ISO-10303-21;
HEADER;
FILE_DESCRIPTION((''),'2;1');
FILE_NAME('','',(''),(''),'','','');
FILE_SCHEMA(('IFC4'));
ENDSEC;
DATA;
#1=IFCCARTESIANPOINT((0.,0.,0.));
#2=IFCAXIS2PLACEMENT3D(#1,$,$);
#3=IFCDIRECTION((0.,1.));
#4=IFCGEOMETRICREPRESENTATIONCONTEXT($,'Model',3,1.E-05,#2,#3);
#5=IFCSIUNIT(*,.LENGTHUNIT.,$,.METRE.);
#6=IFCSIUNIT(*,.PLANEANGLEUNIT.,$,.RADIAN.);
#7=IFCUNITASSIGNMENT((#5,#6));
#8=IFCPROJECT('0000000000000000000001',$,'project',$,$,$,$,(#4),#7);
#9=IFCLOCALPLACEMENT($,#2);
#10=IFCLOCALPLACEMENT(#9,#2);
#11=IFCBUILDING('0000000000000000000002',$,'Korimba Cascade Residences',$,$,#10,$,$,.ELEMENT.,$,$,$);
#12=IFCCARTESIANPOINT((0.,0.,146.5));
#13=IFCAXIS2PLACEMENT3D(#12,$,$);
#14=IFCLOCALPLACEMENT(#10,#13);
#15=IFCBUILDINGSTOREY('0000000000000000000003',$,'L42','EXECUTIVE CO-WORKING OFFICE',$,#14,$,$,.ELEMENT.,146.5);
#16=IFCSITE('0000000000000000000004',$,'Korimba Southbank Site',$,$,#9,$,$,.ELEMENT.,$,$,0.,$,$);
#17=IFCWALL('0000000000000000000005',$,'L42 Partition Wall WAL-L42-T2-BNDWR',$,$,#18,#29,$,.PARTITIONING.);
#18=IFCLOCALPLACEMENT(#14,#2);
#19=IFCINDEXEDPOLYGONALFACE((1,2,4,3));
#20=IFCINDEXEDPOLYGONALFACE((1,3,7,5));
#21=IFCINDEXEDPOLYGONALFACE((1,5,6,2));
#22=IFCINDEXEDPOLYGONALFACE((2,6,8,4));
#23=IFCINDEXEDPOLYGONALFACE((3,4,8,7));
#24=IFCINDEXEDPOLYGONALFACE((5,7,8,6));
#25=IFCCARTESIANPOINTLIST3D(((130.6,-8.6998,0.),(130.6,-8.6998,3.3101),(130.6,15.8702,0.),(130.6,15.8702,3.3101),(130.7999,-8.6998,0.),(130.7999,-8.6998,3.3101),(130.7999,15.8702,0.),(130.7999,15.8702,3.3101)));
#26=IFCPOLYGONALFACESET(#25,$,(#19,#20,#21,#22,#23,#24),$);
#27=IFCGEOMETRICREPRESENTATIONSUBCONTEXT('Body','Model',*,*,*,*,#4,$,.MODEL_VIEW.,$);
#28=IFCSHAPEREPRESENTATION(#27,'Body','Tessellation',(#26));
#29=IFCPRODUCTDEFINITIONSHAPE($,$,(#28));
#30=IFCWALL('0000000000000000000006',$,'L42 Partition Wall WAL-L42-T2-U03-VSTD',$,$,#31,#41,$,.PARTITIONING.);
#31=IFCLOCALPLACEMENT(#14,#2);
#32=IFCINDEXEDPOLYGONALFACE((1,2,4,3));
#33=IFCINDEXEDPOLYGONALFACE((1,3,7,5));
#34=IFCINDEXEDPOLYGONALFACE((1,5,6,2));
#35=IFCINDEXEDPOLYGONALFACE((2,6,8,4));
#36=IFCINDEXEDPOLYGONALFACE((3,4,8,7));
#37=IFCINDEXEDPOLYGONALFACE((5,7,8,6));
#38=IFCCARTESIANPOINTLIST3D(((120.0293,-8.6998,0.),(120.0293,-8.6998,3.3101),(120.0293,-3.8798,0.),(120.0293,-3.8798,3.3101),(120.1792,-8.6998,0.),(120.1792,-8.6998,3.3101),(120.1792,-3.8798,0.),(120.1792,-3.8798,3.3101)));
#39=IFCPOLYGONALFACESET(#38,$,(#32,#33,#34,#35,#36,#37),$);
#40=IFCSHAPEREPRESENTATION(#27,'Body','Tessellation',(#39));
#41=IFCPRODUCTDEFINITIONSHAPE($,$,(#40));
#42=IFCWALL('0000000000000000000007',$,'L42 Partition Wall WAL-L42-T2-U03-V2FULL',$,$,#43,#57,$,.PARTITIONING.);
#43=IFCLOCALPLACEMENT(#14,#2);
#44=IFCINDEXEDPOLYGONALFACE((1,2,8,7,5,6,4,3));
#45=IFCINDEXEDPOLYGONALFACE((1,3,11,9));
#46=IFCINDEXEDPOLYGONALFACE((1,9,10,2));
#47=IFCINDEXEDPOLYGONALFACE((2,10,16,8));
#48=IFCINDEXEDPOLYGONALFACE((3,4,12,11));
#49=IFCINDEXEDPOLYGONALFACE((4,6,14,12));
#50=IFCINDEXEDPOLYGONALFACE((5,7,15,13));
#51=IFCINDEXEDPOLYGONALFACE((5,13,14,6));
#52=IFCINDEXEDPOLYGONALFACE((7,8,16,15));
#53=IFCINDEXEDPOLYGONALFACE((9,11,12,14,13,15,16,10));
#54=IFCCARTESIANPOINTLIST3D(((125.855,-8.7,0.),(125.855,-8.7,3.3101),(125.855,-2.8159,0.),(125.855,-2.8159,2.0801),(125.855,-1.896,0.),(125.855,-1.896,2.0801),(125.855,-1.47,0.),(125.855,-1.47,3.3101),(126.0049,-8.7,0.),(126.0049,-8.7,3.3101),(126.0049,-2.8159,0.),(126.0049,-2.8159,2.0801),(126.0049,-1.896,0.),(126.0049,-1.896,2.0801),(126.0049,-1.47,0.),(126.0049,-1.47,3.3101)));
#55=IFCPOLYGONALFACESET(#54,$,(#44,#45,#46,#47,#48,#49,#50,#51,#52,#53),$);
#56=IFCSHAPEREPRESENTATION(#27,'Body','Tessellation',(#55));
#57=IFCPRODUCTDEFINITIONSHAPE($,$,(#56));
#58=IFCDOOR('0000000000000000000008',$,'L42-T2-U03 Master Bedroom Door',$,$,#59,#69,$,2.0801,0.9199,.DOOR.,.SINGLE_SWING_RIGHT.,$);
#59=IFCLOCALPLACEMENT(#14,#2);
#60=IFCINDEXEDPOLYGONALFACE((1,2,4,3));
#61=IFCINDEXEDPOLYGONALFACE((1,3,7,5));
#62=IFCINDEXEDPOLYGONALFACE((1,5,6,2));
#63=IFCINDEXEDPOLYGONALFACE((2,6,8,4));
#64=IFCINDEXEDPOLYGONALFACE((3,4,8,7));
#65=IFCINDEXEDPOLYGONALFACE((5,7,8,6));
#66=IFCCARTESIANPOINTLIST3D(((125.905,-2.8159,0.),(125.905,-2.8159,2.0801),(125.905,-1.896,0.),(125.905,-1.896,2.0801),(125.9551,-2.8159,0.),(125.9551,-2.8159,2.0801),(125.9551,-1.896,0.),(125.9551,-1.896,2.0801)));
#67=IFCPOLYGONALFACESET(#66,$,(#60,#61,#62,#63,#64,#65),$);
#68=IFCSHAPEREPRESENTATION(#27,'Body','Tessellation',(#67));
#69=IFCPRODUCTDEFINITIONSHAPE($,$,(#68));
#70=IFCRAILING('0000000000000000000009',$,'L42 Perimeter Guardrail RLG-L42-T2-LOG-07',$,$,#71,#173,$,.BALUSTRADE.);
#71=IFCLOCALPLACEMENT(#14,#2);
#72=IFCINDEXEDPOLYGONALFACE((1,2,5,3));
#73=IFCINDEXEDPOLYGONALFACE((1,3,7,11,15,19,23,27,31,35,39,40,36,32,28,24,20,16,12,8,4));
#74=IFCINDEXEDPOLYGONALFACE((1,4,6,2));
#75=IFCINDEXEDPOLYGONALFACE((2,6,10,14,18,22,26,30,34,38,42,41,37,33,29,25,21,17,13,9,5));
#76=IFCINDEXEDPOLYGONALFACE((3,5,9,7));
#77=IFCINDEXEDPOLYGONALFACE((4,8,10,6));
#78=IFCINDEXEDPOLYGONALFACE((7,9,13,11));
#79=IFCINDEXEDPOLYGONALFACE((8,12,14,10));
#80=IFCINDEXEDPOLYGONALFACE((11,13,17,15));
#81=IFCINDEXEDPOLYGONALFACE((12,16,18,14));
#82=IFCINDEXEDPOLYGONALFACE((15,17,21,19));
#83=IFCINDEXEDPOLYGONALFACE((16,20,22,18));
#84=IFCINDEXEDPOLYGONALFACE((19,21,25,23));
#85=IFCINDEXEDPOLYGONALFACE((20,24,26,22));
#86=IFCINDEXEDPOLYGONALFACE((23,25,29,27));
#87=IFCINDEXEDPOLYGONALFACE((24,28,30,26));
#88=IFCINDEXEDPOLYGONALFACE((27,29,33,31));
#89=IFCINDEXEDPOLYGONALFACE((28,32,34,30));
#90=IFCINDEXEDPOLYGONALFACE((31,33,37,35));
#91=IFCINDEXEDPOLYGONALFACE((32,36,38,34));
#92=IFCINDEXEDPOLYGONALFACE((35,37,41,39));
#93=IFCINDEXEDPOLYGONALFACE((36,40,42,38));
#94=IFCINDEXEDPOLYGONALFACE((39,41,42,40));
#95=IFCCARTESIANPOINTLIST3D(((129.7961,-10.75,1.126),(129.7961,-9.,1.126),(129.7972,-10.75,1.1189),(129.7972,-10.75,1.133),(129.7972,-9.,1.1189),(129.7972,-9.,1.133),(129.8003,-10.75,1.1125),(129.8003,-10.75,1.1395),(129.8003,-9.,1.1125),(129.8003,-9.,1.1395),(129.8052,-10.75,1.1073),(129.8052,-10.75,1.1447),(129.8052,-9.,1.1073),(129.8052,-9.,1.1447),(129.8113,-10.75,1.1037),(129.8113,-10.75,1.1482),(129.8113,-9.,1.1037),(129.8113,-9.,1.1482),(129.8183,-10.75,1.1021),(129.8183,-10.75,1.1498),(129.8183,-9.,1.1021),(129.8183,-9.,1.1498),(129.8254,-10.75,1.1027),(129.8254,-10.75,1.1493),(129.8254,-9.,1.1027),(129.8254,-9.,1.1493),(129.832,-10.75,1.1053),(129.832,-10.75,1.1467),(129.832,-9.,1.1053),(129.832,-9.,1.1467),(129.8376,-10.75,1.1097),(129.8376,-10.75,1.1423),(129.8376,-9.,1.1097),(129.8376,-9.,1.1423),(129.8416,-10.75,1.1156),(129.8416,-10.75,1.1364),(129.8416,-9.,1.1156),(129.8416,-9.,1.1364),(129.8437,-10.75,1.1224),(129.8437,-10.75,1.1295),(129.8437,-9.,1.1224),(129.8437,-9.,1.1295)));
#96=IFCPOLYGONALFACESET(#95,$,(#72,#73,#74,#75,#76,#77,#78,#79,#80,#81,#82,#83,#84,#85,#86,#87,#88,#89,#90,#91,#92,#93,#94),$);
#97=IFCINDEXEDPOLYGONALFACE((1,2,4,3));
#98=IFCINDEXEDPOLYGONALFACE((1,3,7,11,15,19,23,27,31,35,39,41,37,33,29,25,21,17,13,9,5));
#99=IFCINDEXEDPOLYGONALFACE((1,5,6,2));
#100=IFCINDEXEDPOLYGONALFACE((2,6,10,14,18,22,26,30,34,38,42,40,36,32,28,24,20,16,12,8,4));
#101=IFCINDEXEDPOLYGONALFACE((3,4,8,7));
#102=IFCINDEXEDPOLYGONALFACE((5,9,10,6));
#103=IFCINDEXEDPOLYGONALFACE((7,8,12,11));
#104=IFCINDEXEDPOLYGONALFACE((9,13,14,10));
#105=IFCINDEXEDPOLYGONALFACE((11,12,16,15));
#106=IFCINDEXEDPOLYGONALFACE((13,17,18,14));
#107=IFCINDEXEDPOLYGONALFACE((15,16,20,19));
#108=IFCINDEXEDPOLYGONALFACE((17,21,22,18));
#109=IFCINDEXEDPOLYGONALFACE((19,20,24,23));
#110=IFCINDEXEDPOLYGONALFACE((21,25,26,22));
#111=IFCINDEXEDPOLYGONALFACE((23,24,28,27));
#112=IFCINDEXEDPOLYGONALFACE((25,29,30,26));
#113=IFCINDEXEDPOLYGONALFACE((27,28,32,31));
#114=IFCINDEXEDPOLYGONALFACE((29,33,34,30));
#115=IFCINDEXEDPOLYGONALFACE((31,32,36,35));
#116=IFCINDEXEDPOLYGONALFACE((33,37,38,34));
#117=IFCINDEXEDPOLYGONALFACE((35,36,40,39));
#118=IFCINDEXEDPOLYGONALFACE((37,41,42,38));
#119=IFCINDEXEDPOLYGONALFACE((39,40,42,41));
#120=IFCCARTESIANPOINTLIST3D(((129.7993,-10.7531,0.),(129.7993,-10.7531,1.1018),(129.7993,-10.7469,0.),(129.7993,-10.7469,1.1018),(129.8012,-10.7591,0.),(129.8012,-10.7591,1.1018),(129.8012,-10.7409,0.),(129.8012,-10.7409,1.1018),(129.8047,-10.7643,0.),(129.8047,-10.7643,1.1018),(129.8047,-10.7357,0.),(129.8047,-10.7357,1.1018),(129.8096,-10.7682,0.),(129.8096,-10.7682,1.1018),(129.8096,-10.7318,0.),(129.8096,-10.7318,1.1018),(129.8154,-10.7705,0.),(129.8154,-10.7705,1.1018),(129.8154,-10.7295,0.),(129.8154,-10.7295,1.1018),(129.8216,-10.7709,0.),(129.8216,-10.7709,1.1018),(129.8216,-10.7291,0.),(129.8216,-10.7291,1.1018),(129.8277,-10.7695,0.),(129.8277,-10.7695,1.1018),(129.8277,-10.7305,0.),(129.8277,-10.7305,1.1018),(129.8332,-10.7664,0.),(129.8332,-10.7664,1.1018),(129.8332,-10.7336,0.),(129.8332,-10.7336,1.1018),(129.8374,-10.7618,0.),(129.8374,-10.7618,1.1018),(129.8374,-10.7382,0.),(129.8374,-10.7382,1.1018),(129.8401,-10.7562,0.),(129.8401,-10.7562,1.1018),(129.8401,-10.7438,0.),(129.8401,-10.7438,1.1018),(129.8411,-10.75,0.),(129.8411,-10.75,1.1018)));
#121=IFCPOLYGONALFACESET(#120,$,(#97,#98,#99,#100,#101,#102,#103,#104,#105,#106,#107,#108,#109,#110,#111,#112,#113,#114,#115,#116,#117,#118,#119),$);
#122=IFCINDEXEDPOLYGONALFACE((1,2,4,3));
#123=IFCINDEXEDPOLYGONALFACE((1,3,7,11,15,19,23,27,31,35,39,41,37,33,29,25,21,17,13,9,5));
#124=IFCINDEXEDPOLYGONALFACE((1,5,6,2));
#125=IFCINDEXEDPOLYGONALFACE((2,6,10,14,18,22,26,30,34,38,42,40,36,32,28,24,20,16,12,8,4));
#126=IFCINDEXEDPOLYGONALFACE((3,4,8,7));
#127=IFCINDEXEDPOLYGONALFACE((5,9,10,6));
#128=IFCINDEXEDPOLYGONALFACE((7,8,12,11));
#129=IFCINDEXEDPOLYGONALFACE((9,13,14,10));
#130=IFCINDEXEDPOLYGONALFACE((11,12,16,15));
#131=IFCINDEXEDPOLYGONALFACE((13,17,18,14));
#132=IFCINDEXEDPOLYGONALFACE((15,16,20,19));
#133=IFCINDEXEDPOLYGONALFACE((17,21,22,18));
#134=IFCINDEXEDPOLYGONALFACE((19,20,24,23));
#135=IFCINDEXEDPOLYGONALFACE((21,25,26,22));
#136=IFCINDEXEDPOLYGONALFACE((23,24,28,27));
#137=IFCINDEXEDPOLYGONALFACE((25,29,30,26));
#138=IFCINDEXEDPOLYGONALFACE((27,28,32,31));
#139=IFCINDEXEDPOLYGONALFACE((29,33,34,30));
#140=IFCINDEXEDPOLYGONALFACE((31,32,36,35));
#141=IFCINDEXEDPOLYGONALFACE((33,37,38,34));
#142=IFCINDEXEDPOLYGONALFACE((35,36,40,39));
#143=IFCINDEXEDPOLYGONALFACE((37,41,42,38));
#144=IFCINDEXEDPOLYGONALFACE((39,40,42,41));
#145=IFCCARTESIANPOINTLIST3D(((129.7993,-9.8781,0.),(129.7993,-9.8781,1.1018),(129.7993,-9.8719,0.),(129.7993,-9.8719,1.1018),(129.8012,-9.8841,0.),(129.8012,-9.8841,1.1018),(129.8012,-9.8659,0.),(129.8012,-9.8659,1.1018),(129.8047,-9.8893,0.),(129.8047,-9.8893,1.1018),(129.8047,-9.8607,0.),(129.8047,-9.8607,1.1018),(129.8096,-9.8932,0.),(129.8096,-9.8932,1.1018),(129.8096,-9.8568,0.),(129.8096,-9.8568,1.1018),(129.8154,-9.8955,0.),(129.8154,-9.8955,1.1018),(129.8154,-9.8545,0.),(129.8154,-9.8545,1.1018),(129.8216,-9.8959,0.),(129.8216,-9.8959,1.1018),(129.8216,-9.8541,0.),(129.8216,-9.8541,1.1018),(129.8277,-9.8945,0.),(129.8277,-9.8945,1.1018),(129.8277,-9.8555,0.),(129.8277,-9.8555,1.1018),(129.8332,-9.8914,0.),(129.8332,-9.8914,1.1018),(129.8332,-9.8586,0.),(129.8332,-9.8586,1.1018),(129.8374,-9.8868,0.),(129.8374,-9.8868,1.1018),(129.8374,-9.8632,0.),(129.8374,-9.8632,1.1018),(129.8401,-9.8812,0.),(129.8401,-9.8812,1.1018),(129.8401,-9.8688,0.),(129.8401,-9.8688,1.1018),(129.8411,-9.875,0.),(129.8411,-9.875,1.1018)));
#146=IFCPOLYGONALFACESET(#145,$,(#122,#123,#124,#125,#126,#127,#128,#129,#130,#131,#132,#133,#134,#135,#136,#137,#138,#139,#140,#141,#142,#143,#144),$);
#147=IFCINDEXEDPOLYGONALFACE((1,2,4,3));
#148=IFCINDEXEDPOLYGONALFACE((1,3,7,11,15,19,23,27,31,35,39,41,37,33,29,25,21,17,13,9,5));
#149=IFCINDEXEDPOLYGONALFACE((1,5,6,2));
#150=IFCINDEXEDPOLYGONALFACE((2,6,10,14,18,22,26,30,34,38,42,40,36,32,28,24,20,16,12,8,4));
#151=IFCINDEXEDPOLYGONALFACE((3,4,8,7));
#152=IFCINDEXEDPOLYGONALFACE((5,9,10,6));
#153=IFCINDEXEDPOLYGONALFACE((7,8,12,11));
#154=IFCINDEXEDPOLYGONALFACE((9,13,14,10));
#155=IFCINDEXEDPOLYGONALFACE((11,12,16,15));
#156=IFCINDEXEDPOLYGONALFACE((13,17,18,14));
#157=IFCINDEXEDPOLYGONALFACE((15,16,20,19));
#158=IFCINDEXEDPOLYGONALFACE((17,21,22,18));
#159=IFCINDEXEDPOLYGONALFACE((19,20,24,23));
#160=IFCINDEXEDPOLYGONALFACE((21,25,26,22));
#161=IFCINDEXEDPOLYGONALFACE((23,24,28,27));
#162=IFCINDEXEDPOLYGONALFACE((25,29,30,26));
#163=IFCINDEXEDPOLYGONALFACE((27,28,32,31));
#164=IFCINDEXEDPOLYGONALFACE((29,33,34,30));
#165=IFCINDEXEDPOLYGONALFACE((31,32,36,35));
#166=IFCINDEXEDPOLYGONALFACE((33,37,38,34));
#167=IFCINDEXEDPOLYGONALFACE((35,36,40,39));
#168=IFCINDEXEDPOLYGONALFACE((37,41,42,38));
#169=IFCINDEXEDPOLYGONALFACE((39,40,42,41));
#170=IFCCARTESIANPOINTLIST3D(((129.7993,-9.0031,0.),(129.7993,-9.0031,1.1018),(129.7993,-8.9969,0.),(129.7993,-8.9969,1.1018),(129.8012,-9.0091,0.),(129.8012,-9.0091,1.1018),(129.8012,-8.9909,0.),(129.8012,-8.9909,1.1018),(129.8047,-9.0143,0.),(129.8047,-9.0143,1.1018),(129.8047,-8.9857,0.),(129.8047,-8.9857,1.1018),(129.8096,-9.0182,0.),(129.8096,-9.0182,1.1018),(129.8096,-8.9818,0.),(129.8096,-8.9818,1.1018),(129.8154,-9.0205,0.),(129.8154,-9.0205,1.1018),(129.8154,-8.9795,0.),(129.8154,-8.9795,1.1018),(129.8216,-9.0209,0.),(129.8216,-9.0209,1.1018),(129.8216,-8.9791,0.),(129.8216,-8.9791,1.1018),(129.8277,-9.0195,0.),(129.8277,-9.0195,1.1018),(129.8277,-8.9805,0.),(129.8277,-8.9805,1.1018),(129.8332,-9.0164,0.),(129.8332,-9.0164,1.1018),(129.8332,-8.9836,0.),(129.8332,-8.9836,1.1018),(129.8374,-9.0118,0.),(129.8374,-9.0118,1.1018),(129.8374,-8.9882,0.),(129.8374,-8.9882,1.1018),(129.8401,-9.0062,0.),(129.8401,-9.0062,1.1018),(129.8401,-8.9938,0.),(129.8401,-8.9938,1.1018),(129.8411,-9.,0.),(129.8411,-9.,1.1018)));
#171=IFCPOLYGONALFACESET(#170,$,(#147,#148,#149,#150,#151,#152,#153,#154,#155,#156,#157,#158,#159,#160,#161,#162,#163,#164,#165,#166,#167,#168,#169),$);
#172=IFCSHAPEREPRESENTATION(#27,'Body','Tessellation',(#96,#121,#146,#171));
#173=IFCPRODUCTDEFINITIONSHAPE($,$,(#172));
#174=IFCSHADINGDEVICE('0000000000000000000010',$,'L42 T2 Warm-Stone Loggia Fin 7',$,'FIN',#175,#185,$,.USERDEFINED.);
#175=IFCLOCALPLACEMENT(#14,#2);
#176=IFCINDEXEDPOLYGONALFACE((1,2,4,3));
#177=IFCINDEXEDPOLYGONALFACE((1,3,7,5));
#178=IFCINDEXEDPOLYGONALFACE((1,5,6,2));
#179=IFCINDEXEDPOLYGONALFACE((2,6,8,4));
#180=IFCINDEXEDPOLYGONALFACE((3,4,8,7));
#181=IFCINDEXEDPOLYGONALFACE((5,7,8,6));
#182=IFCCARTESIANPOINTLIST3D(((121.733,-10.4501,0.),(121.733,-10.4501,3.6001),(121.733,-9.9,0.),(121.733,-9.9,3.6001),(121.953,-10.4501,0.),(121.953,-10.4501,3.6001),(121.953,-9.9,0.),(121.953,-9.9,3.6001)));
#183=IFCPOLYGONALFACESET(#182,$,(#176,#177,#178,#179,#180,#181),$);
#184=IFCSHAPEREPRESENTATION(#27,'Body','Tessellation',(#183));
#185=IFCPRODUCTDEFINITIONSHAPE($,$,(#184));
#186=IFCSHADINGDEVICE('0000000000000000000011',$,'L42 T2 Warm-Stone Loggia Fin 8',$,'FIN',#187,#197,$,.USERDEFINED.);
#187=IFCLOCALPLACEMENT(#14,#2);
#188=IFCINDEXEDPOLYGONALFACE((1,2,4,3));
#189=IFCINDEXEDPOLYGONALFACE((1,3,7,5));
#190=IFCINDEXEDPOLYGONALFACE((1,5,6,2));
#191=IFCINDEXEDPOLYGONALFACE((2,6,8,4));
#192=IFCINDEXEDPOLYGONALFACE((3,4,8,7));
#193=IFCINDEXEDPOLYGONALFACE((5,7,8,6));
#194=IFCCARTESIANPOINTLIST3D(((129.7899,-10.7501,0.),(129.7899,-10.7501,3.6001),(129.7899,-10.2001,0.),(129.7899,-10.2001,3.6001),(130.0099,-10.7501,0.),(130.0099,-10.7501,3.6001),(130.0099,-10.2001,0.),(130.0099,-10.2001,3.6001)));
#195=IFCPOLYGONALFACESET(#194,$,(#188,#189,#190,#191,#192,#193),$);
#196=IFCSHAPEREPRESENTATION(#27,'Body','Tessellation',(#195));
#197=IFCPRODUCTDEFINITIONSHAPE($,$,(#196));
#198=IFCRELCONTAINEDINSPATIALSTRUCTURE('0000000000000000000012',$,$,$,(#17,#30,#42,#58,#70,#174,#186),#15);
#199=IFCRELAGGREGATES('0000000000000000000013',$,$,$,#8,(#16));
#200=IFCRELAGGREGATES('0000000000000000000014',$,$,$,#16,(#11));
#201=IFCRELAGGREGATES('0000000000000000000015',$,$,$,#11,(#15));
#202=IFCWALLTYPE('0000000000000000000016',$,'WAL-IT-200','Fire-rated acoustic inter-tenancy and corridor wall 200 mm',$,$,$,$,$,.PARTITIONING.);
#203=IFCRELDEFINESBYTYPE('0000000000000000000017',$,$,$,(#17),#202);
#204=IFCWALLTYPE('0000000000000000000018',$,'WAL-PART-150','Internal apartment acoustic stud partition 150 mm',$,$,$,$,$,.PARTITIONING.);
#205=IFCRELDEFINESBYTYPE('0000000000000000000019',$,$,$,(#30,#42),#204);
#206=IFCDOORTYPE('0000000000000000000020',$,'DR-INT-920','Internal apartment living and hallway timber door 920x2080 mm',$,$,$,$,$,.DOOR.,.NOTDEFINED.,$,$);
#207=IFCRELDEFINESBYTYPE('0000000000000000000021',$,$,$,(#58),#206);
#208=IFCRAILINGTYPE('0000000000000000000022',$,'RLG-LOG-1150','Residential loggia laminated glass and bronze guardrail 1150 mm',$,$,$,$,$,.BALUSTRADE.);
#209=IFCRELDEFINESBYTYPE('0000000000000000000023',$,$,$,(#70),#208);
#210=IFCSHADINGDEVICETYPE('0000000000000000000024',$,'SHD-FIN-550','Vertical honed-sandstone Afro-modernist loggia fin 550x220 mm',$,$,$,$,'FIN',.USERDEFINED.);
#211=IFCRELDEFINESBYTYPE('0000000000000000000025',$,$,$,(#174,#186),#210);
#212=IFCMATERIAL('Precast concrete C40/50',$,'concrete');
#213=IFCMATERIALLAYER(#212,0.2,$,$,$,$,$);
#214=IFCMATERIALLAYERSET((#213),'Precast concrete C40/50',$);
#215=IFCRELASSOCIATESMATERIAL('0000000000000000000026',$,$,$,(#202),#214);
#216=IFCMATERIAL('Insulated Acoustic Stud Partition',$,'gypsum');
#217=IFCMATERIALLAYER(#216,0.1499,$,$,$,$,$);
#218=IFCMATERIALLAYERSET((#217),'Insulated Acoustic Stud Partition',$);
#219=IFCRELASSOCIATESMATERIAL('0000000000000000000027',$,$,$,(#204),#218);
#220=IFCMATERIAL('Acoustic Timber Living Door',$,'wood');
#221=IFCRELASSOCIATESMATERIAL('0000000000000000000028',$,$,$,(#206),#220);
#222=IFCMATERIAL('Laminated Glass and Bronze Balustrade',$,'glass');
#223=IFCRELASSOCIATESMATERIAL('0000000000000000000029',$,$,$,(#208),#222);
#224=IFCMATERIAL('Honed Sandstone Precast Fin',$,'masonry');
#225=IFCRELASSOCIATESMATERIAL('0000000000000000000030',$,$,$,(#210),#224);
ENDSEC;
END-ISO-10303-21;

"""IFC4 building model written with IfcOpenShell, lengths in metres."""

from ifc_helpers import new_model, si_unit, direction, frame, frame_2d, origin, origin_2d, place, context, subcontext, project, spatial, rectangle, circle, extrude, material, layer, layer_set, type_object, element, fill, save


model = new_model("IFC4")

# Units and contexts
model_context = context("Model", 3, precision=1e-05, world=origin(), true_north=direction((0.0, 1.0)))
body_context = subcontext(model_context, "Body", "Model", "MODEL_VIEW")
ifc_project = project(units=[si_unit("LENGTHUNIT", "METRE"), si_unit("PLANEANGLEUNIT", "RADIAN")], contexts=[model_context])

# Site, building, storey
site_placement = place(None, origin())
site = spatial("IfcSite", under=ifc_project, at=site_placement, Name="Korimba Southbank Site", CompositionType="ELEMENT", RefElevation=0.0)
building_placement = place(site_placement, origin())
building = spatial("IfcBuilding", under=site, at=building_placement, Name="Korimba Cascade Residences", CompositionType="ELEMENT")
storey_placement = place(building_placement, frame((0.0, 0.0, 146.5)))
storey = spatial("IfcBuildingStorey", under=building, at=storey_placement, Name="L42", Description="EXECUTIVE CO-WORKING OFFICE", CompositionType="ELEMENT", Elevation=146.5)

# Shared definitions
ifc_material_1 = material(Name="Precast concrete C40/50", Category="concrete")

# Walls
ifc_layer_1 = layer(ifc_material_1, 0.2)
ifc_layer_set_1 = layer_set([ifc_layer_1], Name="Precast concrete C40/50")
wall_type_1 = type_object("IfcWallType", Name="WAL-IT-200", Description="Fire-rated acoustic inter-tenancy and corridor wall 200 mm", PredefinedType="PARTITIONING", material=ifc_layer_set_1)
wall_1_placement = place(storey_placement, frame((130.7, -8.7, 0.0), z_axis=(0.0, 0.0, 1.0), x_axis=(0.0, 1.0, 0.0)))
element("IfcWall", 1, at=wall_1_placement, inside=storey, type_object=wall_type_1, Name="L42 Partition Wall WAL-L42-T2-BNDWR", PredefinedType="PARTITIONING", context=body_context, shape_type="SweptSolid", body=[
    extrude(rectangle(XDim=24.5701, YDim=0.2, at=frame_2d((12.2852, 0.0))), origin(), (0.0, 0.0, 1.0), 3.3101),
])
ifc_material_2 = material(Name="Insulated Acoustic Stud Partition", Category="gypsum")
ifc_layer_2 = layer(ifc_material_2, 0.1499)
ifc_layer_set_2 = layer_set([ifc_layer_2], Name="Insulated Acoustic Stud Partition")
wall_type_2 = type_object("IfcWallType", Name="WAL-PART-150", Description="Internal apartment acoustic stud partition 150 mm", PredefinedType="PARTITIONING", material=ifc_layer_set_2)
wall_2_placement = place(storey_placement, frame((120.1042, -8.7, 0.0), z_axis=(0.0, 0.0, 1.0), x_axis=(0.0, 1.0, 0.0)))
element("IfcWall", 2, at=wall_2_placement, inside=storey, type_object=wall_type_2, Name="L42 Partition Wall WAL-L42-T2-U03-VSTD", PredefinedType="PARTITIONING", context=body_context, shape_type="SweptSolid", body=[
    extrude(rectangle(XDim=4.8201, YDim=0.1499, at=frame_2d((2.4102, 0.0))), origin(), (0.0, 0.0, 1.0), 3.3101),
])

# Wall, opening, door
wall_3_placement = place(storey_placement, frame((125.9299, -8.7, 0.0), z_axis=(0.0, 0.0, 1.0), x_axis=(0.0, 1.0, 0.0)))
wall_3 = element("IfcWall", 3, at=wall_3_placement, inside=storey, type_object=wall_type_2, Name="L42 Partition Wall WAL-L42-T2-U03-V2FULL", PredefinedType="PARTITIONING", context=body_context, shape_type="SweptSolid", body=[
    extrude(rectangle(XDim=7.23, YDim=0.1499, at=frame_2d((3.615, 0.0))), origin(), (0.0, 0.0, 1.0), 3.3101),
])
opening_1_placement = place(wall_3_placement, frame((5.884, 0.0, 0.0)))
opening_1 = element("IfcOpeningElement", 4, at=opening_1_placement, cuts=wall_3, PredefinedType="OPENING", context=body_context, shape_type="SweptSolid", body=[
    extrude(rectangle(XDim=0.9199, YDim=2.0801, at=frame_2d((0.46, 1.04))), frame((0.0, 0.085, 0.0), z_axis=(0.0, -1.0, 0.0), x_axis=(1.0, 0.0, 0.0)), (0.0, 0.0, 1.0), 0.1699),
])
ifc_material_3 = material(Name="Acoustic Timber Living Door", Category="wood")
door_type = type_object("IfcDoorType", Name="DR-INT-920", Description="Internal apartment living and hallway timber door 920x2080 mm", OperationType="NOTDEFINED", PredefinedType="DOOR", material=ifc_material_3)
door_placement = place(opening_1_placement, origin())
door = element("IfcDoor", 5, at=door_placement, inside=storey, type_object=door_type, Name="L42-T2-U03 Master Bedroom Door", OperationType="SINGLE_SWING_RIGHT", OverallHeight=2.0801, OverallWidth=0.9199, PredefinedType="DOOR", context=body_context, shape_type="SweptSolid", body=[
    extrude(rectangle(XDim=0.9199, YDim=2.0801, at=frame_2d((0.46, 1.04))), frame((0.0, 0.0249, 0.0), z_axis=(0.0, -1.0, 0.0), x_axis=(1.0, 0.0, 0.0)), (0.0, 0.0, 1.0), 0.05),
])
fill(opening_1, door)

# Railing
ifc_material_4 = material(Name="Laminated Glass and Bronze Balustrade", Category="glass")
railing_type = type_object("IfcRailingType", Name="RLG-LOG-1150", Description="Residential loggia laminated glass and bronze guardrail 1150 mm", PredefinedType="BALUSTRADE", material=ifc_material_4)
railing_1_placement = place(storey_placement, frame((129.8201, -10.75, 0.0)))
element("IfcRailing", 6, at=railing_1_placement, inside=storey, type_object=railing_type, Name="L42 Perimeter Guardrail RLG-L42-T2-LOG-07", PredefinedType="BALUSTRADE", context=body_context, shape_type="SweptSolid", body=[
    extrude(circle(Radius=0.0239, at=origin_2d()), frame((0.0, 0.0, 1.126), z_axis=(0.0, 1.0, 0.0), x_axis=(-1.0, 0.0, 0.0)), (0.0, 0.0, 1.0), 1.75),
    extrude(circle(Radius=0.021, at=origin_2d()), origin(), (0.0, 0.0, 1.0), 1.1018),
    extrude(circle(Radius=0.021, at=origin_2d()), frame((0.0, 0.875, 0.0)), (0.0, 0.0, 1.0), 1.1018),
    extrude(circle(Radius=0.021, at=origin_2d()), frame((0.0, 1.75, 0.0)), (0.0, 0.0, 1.0), 1.1018),
])

# Shading devices
ifc_material_5 = material(Name="Honed Sandstone Precast Fin", Category="masonry")
shading_device_type = type_object("IfcShadingDeviceType", Name="SHD-FIN-550", Description="Vertical honed-sandstone Afro-modernist loggia fin 550x220 mm", ElementType="FIN", PredefinedType="USERDEFINED", material=ifc_material_5)
for number, where, z_axis, x_axis, name in (
    (7, (121.843, -10.175, 0.0), (0.0, 0.0, 1.0), (1.0, 0.0, 0.0), "L42 T2 Warm-Stone Loggia Fin 7"),
    (8, (129.8999, -10.4751, 0.0), (0.0, 0.0, 1.0), (1.0, 0.0, 0.0), "L42 T2 Warm-Stone Loggia Fin 8"),
):
    element("IfcShadingDevice", number, at=place(storey_placement, frame(where, z_axis=z_axis, x_axis=x_axis)), inside=storey, type_object=shading_device_type, Name=name, ObjectType="FIN", PredefinedType="USERDEFINED", context=body_context, shape_type="SweptSolid", body=[
        extrude(rectangle(XDim=0.22, YDim=0.55, at=origin_2d()), origin(), (0.0, 0.0, 1.0), 3.6001),
    ])

save(model, "model.ifc")
